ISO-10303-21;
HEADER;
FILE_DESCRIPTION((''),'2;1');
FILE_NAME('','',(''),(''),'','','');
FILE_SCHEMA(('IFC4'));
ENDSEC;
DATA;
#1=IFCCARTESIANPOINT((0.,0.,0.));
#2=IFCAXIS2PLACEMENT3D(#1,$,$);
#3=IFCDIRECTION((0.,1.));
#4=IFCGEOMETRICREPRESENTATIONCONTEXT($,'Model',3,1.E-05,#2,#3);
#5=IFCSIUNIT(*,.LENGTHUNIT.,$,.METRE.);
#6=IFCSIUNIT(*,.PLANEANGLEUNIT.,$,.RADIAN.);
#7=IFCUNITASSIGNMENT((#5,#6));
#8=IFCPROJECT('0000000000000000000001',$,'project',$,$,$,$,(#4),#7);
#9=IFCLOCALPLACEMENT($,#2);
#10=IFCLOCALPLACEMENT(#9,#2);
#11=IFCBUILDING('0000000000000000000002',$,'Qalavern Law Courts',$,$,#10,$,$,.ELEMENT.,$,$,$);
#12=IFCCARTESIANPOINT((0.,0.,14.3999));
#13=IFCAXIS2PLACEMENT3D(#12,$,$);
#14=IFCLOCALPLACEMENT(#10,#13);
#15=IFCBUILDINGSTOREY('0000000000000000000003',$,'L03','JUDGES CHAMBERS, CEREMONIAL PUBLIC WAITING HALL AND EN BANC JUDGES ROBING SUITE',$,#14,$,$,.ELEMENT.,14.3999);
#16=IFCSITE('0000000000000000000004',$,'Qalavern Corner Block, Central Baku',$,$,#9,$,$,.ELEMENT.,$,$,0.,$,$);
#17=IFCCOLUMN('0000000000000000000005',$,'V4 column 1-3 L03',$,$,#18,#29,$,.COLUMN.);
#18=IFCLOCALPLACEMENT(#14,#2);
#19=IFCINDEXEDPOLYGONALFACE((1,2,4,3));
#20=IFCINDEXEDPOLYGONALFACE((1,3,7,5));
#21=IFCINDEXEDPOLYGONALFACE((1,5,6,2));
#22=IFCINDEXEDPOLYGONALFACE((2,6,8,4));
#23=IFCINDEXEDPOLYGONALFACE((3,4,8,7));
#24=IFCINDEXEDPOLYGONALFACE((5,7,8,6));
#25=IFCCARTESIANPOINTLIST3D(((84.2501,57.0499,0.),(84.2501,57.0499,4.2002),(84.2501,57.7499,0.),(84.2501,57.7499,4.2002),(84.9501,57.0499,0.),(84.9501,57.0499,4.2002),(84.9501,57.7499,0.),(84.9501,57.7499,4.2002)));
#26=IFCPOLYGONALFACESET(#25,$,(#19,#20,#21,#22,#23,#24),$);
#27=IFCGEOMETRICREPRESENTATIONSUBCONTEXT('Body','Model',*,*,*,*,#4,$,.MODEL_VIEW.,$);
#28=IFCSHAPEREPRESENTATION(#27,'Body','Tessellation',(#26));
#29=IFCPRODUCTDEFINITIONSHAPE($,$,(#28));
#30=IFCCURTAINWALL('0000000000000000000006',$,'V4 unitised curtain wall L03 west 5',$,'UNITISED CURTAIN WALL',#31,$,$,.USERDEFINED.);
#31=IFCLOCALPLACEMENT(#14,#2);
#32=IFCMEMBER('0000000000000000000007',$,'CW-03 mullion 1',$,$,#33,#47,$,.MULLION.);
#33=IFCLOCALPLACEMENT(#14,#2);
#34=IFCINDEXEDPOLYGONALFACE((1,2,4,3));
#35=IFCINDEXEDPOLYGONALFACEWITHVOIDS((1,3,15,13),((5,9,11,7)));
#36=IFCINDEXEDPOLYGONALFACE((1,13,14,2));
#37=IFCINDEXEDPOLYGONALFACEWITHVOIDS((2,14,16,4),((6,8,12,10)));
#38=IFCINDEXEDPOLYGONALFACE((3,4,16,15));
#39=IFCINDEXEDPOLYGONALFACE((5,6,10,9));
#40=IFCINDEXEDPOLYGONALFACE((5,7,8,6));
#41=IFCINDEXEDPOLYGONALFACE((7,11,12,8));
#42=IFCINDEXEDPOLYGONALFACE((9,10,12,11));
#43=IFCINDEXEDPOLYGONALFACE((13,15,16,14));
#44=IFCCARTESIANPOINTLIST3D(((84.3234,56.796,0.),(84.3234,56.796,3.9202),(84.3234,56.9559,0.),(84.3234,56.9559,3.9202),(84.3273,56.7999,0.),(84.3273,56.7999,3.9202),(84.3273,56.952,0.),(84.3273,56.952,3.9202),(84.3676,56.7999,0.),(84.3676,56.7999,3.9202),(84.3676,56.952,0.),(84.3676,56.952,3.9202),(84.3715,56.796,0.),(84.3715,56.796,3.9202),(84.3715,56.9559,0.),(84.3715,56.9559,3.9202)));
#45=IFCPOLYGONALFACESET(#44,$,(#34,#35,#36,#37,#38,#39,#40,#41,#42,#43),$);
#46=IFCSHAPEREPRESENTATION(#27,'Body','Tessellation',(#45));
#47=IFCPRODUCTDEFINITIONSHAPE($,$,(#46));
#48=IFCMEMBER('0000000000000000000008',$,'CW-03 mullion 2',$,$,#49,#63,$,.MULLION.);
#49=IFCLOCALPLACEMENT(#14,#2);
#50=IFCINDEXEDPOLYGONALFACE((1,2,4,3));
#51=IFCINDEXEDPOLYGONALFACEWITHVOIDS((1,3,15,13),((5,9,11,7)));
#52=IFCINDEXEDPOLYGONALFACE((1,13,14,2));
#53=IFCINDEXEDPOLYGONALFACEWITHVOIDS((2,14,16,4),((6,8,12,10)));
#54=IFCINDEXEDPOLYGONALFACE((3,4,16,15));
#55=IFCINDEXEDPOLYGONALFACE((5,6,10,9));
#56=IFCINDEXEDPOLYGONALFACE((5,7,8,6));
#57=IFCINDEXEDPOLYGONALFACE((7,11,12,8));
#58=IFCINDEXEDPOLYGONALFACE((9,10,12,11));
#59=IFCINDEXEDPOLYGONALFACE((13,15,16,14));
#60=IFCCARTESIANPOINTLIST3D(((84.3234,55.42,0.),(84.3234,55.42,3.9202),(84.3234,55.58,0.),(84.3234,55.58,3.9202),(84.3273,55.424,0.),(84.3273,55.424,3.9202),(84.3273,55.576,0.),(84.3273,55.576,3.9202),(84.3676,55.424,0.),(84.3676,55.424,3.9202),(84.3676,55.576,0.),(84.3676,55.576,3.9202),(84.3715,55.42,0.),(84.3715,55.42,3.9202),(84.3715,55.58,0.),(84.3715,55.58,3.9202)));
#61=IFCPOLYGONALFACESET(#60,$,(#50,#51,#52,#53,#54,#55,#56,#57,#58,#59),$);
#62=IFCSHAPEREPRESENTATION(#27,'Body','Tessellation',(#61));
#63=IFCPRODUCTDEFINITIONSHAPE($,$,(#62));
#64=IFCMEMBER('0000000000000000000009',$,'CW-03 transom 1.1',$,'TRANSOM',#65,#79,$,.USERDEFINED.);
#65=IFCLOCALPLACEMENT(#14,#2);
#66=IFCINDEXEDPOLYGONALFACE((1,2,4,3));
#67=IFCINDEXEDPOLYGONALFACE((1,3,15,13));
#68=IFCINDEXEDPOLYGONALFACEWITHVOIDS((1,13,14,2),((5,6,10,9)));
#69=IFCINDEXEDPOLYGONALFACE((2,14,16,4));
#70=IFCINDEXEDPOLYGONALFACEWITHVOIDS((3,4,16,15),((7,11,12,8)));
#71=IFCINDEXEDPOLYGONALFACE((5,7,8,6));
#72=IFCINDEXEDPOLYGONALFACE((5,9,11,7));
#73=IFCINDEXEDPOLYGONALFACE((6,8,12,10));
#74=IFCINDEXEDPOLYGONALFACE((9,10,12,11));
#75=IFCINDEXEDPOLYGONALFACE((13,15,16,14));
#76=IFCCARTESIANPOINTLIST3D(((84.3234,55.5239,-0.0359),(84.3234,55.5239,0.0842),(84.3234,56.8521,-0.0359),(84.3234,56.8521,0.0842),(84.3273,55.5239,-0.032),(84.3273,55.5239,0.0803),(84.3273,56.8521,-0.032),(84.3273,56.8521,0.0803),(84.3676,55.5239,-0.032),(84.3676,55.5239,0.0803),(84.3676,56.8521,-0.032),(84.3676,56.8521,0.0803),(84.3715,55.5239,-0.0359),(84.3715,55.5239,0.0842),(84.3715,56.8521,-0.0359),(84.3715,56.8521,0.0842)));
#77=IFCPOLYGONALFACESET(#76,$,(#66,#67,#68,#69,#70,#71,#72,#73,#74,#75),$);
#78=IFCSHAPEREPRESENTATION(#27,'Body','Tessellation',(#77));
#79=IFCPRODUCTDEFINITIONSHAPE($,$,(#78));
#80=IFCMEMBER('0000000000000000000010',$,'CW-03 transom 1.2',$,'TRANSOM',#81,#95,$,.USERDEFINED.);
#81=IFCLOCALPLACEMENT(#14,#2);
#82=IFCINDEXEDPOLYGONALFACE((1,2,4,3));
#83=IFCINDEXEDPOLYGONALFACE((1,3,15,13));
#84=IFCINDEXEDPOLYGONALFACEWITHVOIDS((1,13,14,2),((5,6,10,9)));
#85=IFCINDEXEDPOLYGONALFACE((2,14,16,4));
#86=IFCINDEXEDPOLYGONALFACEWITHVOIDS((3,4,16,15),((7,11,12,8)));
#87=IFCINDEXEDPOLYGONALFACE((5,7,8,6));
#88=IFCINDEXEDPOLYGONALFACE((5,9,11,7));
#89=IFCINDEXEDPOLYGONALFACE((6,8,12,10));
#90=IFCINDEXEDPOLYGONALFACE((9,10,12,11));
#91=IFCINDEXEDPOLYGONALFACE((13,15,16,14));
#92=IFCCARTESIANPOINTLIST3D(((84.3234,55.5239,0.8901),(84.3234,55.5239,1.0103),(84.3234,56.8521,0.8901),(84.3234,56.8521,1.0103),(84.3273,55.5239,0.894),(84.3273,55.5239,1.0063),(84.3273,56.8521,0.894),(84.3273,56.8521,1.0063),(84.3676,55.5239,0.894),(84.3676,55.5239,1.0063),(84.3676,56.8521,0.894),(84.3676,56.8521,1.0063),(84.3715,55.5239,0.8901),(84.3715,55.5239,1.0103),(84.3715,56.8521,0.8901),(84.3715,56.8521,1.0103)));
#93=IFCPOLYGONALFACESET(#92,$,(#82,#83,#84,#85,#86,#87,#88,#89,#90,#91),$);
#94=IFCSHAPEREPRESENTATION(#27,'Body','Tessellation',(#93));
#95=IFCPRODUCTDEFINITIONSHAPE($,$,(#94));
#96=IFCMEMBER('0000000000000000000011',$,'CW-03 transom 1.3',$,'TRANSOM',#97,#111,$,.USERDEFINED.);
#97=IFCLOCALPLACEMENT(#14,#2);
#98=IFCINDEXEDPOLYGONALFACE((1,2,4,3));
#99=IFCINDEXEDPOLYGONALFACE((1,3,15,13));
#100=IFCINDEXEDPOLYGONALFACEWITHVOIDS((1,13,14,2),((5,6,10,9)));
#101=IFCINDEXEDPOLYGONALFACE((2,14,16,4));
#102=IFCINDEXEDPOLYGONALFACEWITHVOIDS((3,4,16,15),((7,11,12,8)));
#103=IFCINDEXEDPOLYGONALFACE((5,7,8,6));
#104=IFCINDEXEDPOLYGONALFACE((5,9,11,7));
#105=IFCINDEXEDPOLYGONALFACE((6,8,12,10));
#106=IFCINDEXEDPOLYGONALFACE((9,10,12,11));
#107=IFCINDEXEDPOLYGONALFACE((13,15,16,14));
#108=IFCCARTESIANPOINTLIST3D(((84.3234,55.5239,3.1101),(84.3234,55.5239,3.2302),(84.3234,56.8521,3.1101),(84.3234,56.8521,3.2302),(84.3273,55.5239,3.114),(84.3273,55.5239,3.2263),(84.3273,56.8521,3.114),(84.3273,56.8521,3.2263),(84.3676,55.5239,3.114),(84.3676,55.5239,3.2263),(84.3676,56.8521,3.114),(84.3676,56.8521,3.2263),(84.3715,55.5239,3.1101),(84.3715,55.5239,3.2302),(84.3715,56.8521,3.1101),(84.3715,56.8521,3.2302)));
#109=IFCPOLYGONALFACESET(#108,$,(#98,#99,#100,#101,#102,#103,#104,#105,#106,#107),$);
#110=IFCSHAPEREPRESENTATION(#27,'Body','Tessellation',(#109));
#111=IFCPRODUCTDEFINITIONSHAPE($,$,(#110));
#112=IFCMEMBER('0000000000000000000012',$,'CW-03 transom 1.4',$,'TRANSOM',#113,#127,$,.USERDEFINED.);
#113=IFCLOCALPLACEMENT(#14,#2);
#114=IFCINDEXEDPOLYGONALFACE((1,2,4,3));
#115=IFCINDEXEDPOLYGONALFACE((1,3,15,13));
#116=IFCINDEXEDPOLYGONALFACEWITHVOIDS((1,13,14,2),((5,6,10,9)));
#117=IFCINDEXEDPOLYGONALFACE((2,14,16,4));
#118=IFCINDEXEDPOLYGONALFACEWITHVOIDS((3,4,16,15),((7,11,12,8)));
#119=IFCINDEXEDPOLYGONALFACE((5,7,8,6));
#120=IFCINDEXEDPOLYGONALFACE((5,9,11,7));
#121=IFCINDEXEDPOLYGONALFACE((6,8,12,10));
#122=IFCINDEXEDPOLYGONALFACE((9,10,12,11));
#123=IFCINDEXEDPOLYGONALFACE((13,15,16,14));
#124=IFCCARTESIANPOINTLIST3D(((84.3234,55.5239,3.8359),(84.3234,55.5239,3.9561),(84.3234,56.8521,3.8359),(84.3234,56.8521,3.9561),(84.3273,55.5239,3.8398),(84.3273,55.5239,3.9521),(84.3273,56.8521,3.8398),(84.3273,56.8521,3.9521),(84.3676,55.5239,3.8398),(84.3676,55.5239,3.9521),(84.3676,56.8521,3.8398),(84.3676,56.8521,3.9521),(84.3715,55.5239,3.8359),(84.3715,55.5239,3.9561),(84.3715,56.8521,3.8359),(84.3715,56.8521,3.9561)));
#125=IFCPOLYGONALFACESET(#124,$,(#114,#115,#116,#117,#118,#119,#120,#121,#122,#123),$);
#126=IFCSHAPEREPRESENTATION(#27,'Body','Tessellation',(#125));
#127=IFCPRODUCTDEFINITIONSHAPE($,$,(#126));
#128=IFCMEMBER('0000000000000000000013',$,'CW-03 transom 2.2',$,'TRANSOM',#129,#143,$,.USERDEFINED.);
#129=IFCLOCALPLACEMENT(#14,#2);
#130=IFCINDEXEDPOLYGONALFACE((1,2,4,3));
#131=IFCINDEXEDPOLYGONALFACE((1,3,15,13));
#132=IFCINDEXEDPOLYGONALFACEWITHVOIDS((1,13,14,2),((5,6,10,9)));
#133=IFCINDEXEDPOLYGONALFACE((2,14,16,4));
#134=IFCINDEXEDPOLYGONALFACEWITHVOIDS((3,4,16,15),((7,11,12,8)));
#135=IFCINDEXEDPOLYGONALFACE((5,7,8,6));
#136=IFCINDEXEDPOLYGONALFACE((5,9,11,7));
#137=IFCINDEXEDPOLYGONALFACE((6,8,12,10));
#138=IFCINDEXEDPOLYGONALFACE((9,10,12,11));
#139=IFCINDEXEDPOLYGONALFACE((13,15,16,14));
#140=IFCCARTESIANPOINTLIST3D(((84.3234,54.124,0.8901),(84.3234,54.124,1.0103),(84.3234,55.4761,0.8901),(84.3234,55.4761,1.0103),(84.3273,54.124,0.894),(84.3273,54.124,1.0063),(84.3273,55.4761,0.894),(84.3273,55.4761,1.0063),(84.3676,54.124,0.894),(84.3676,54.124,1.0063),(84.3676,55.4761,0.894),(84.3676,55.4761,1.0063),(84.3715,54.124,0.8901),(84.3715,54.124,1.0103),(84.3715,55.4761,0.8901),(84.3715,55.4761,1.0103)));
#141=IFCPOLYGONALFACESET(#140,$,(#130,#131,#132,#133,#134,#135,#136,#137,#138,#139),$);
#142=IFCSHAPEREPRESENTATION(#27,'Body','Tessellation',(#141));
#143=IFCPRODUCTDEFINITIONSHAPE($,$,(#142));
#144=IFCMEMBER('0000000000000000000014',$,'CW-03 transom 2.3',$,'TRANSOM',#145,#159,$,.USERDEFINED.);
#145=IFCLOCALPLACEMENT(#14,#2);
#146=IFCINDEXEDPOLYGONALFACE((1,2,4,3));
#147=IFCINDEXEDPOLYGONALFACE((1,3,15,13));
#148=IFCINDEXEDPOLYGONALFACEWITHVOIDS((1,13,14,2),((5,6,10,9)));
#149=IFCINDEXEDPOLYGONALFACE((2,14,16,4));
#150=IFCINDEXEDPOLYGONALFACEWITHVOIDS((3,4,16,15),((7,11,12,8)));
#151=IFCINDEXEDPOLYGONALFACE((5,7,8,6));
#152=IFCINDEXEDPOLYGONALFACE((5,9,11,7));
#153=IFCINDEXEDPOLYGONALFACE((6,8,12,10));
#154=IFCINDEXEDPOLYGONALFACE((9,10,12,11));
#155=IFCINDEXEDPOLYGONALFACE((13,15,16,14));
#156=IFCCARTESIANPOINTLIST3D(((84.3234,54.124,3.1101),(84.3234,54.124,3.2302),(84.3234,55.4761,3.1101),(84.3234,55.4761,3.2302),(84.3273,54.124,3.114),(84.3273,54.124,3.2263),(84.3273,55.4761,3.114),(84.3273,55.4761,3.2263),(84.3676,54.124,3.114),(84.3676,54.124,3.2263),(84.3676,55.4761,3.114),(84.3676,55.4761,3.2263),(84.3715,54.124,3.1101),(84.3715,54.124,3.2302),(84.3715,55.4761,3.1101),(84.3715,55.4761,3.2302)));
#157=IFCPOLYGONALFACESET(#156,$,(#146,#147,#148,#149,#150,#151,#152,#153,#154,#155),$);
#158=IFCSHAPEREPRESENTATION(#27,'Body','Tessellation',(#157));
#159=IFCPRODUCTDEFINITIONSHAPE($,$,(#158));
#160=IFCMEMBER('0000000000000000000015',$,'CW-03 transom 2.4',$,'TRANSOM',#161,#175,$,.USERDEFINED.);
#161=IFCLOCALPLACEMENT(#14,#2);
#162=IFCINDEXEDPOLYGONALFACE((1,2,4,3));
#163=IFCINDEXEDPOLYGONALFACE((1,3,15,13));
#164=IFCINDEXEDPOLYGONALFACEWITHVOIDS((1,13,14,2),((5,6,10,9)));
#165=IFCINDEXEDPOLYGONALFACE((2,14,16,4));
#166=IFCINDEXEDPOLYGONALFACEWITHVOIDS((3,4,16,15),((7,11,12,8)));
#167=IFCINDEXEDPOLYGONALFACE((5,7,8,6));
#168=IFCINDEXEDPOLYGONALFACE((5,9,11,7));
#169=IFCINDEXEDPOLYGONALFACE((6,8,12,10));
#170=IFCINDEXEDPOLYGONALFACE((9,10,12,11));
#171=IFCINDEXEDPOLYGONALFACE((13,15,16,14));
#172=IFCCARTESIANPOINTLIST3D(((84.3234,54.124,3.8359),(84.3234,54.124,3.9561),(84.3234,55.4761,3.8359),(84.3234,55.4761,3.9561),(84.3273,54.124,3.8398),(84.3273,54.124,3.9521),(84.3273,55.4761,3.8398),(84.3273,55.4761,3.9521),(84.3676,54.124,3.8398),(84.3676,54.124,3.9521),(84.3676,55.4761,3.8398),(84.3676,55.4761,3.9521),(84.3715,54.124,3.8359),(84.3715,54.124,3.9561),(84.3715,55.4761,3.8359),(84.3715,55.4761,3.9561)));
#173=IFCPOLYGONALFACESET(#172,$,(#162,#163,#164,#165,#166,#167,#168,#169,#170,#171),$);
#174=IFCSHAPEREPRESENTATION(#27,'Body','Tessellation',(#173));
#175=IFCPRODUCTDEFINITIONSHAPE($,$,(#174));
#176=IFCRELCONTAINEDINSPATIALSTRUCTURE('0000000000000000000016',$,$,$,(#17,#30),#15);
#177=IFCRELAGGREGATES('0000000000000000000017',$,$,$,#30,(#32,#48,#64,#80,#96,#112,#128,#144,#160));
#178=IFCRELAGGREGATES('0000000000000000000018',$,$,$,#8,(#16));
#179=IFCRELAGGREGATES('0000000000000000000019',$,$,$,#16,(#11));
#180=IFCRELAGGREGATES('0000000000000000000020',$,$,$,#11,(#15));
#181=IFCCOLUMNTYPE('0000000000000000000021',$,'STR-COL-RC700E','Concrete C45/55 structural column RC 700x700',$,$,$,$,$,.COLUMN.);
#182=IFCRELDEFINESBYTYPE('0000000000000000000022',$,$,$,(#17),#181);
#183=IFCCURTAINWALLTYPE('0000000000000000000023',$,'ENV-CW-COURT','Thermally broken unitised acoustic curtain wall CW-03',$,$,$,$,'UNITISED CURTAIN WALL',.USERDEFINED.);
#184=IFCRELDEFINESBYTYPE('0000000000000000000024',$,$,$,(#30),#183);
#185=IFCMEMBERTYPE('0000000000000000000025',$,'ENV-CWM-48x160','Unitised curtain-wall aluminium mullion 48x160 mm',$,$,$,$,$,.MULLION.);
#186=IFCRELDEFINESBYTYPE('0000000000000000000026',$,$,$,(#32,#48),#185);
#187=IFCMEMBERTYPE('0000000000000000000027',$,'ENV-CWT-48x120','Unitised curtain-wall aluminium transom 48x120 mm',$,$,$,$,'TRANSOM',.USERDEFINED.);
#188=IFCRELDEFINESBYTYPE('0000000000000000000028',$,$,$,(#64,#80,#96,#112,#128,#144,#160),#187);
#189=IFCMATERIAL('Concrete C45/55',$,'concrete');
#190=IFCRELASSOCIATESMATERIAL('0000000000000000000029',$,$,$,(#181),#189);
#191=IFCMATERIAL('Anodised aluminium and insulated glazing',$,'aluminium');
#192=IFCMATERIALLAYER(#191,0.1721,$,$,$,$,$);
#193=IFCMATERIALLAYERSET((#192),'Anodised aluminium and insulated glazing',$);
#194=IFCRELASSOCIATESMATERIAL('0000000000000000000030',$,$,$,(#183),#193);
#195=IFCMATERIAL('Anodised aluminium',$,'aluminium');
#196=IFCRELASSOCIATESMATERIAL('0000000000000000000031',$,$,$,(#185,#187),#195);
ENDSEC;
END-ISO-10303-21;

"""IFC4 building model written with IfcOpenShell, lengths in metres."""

from ifc_helpers import new_model, si_unit, direction, frame, origin, origin_2d, place, context, subcontext, project, spatial, rectangle, hollow_rectangle, extrude, material, layer, layer_set, material_profile, profile_set, type_object, element, aggregate, save


model = new_model("IFC4")

# Units and contexts
model_context = context("Model", 3, precision=1e-05, world=origin(), true_north=direction((0.0, 1.0)))
body_context = subcontext(model_context, "Body", "Model", "MODEL_VIEW")
ifc_project = project(units=[si_unit("LENGTHUNIT", "METRE"), si_unit("PLANEANGLEUNIT", "RADIAN")], contexts=[model_context])

# Site, building, storey
site_placement = place(None, origin())
site = spatial("IfcSite", under=ifc_project, at=site_placement, Name="Qalavern Corner Block, Central Baku", CompositionType="ELEMENT", RefElevation=0.0)
building_placement = place(site_placement, origin())
building = spatial("IfcBuilding", under=site, at=building_placement, Name="Qalavern Law Courts", CompositionType="ELEMENT")
storey_placement = place(building_placement, frame((0.0, 0.0, 14.3999)))
storey = spatial("IfcBuildingStorey", under=building, at=storey_placement, Name="L03", Description="JUDGES CHAMBERS, CEREMONIAL PUBLIC WAITING HALL AND EN BANC JUDGES ROBING SUITE", CompositionType="ELEMENT", Elevation=14.3999)

# Column
ifc_material_1 = material(Name="Concrete C45/55", Category="concrete")
ifc_material_profile_1 = material_profile(ifc_material_1, rectangle(XDim=0.7, YDim=0.7, at=origin_2d()), Name="RC 700x700")
ifc_profile_set_1 = profile_set([ifc_material_profile_1], Name="Concrete C45/55")
column_type = type_object("IfcColumnType", Name="STR-COL-RC700E", Description="Concrete C45/55 structural column RC 700x700", PredefinedType="COLUMN", material=ifc_profile_set_1)
column_placement = place(storey_placement, frame((84.6001, 57.3999, 0.0), z_axis=(0.0, 0.0, 1.0), x_axis=(1.0, 0.0, 0.0)))
element("IfcColumn", 1, at=column_placement, inside=storey, type_object=column_type, Name="V4 column 1-3 L03", PredefinedType="COLUMN", context=body_context, shape_type="SweptSolid", body=[
    extrude(rectangle(XDim=0.7, YDim=0.7, at=origin_2d()), origin(), (0.0, 0.0, 1.0), 4.2002),
])

# Curtain wall, members
ifc_material_2 = material(Name="Anodised aluminium and insulated glazing", Category="aluminium")
ifc_layer_1 = layer(ifc_material_2, 0.1721)
ifc_layer_set_1 = layer_set([ifc_layer_1], Name="Anodised aluminium and insulated glazing")
curtain_wall_type = type_object("IfcCurtainWallType", Name="ENV-CW-COURT", Description="Thermally broken unitised acoustic curtain wall CW-03", ElementType="UNITISED CURTAIN WALL", PredefinedType="USERDEFINED", material=ifc_layer_set_1)
curtain_wall_placement = place(storey_placement, origin())
curtain_wall = element("IfcCurtainWall", 2, at=curtain_wall_placement, inside=storey, type_object=curtain_wall_type, Name="V4 unitised curtain wall L03 west 5", ObjectType="UNITISED CURTAIN WALL", PredefinedType="USERDEFINED")
ifc_material_3 = material(Name="Anodised aluminium", Category="aluminium")
ifc_material_profile_2 = material_profile(ifc_material_3, hollow_rectangle(XDim=0.0481, YDim=0.1599, WallThickness=0.0039, at=origin_2d()), Name="ALU MULLION 48x160")
ifc_profile_set_2 = profile_set([ifc_material_profile_2], Name="Anodised aluminium")
member_type_1 = type_object("IfcMemberType", Name="ENV-CWM-48x160", Description="Unitised curtain-wall aluminium mullion 48x160 mm", PredefinedType="MULLION", material=ifc_profile_set_2)
member_1_placement = place(storey_placement, frame((84.3474, 56.876, 0.0), z_axis=(0.0, 0.0, 1.0), x_axis=(1.0, 0.0, 0.0)))
member_1 = element("IfcMember", 3, at=member_1_placement, type_object=member_type_1, Name="CW-03 mullion 1", PredefinedType="MULLION", context=body_context, shape_type="SweptSolid", body=[
    extrude(hollow_rectangle(XDim=0.0481, YDim=0.1599, WallThickness=0.0039, at=origin_2d()), origin(), (0.0, 0.0, 1.0), 3.9202),
])
member_2_placement = place(storey_placement, frame((84.3474, 55.5, 0.0), z_axis=(0.0, 0.0, 1.0), x_axis=(1.0, 0.0, 0.0)))
member_2 = element("IfcMember", 4, at=member_2_placement, type_object=member_type_1, Name="CW-03 mullion 2", PredefinedType="MULLION", context=body_context, shape_type="SweptSolid", body=[
    extrude(hollow_rectangle(XDim=0.0481, YDim=0.1599, WallThickness=0.0039, at=origin_2d()), origin(), (0.0, 0.0, 1.0), 3.9202),
])
ifc_material_profile_3 = material_profile(ifc_material_3, hollow_rectangle(XDim=0.0481, YDim=0.1201, WallThickness=0.0039, at=origin_2d()), Name="ALU TRANSOM 48x120")
ifc_profile_set_3 = profile_set([ifc_material_profile_3], Name="Anodised aluminium")
member_type_2 = type_object("IfcMemberType", Name="ENV-CWT-48x120", Description="Unitised curtain-wall aluminium transom 48x120 mm", ElementType="TRANSOM", PredefinedType="USERDEFINED", material=ifc_profile_set_3)
member_3_placement = place(storey_placement, frame((84.3474, 56.8521, 0.0242), z_axis=(0.0, -1.0, 0.0), x_axis=(1.0, 0.0, 0.0)))
member_3 = element("IfcMember", 5, at=member_3_placement, type_object=member_type_2, Name="CW-03 transom 1.1", ObjectType="TRANSOM", PredefinedType="USERDEFINED", context=body_context, shape_type="SweptSolid", body=[
    extrude(hollow_rectangle(XDim=0.0481, YDim=0.1201, WallThickness=0.0039, at=origin_2d()), origin(), (0.0, 0.0, 1.0), 1.3281),
])
member_4_placement = place(storey_placement, frame((84.3474, 56.8521, 0.9502), z_axis=(0.0, -1.0, 0.0), x_axis=(1.0, 0.0, 0.0)))
member_4 = element("IfcMember", 6, at=member_4_placement, type_object=member_type_2, Name="CW-03 transom 1.2", ObjectType="TRANSOM", PredefinedType="USERDEFINED", context=body_context, shape_type="SweptSolid", body=[
    extrude(hollow_rectangle(XDim=0.0481, YDim=0.1201, WallThickness=0.0039, at=origin_2d()), origin(), (0.0, 0.0, 1.0), 1.3281),
])
member_5_placement = place(storey_placement, frame((84.3474, 56.8521, 3.1702), z_axis=(0.0, -1.0, 0.0), x_axis=(1.0, 0.0, 0.0)))
member_5 = element("IfcMember", 7, at=member_5_placement, type_object=member_type_2, Name="CW-03 transom 1.3", ObjectType="TRANSOM", PredefinedType="USERDEFINED", context=body_context, shape_type="SweptSolid", body=[
    extrude(hollow_rectangle(XDim=0.0481, YDim=0.1201, WallThickness=0.0039, at=origin_2d()), origin(), (0.0, 0.0, 1.0), 1.3281),
])
member_6_placement = place(storey_placement, frame((84.3474, 56.8521, 3.896), z_axis=(0.0, -1.0, 0.0), x_axis=(1.0, 0.0, 0.0)))
member_6 = element("IfcMember", 8, at=member_6_placement, type_object=member_type_2, Name="CW-03 transom 1.4", ObjectType="TRANSOM", PredefinedType="USERDEFINED", context=body_context, shape_type="SweptSolid", body=[
    extrude(hollow_rectangle(XDim=0.0481, YDim=0.1201, WallThickness=0.0039, at=origin_2d()), origin(), (0.0, 0.0, 1.0), 1.3281),
])
member_7_placement = place(storey_placement, frame((84.3474, 55.4761, 0.9502), z_axis=(0.0, -1.0, 0.0), x_axis=(1.0, 0.0, 0.0)))
member_7 = element("IfcMember", 9, at=member_7_placement, type_object=member_type_2, Name="CW-03 transom 2.2", ObjectType="TRANSOM", PredefinedType="USERDEFINED", context=body_context, shape_type="SweptSolid", body=[
    extrude(hollow_rectangle(XDim=0.0481, YDim=0.1201, WallThickness=0.0039, at=origin_2d()), origin(), (0.0, 0.0, 1.0), 1.3521),
])
member_8_placement = place(storey_placement, frame((84.3474, 55.4761, 3.1702), z_axis=(0.0, -1.0, 0.0), x_axis=(1.0, 0.0, 0.0)))
member_8 = element("IfcMember", 10, at=member_8_placement, type_object=member_type_2, Name="CW-03 transom 2.3", ObjectType="TRANSOM", PredefinedType="USERDEFINED", context=body_context, shape_type="SweptSolid", body=[
    extrude(hollow_rectangle(XDim=0.0481, YDim=0.1201, WallThickness=0.0039, at=origin_2d()), origin(), (0.0, 0.0, 1.0), 1.3521),
])
member_9_placement = place(storey_placement, frame((84.3474, 55.4761, 3.896), z_axis=(0.0, -1.0, 0.0), x_axis=(1.0, 0.0, 0.0)))
member_9 = element("IfcMember", 11, at=member_9_placement, type_object=member_type_2, Name="CW-03 transom 2.4", ObjectType="TRANSOM", PredefinedType="USERDEFINED", context=body_context, shape_type="SweptSolid", body=[
    extrude(hollow_rectangle(XDim=0.0481, YDim=0.1201, WallThickness=0.0039, at=origin_2d()), origin(), (0.0, 0.0, 1.0), 1.3521),
])

aggregate(curtain_wall, [member_1, member_2, member_3, member_4, member_5, member_6, member_7, member_8, member_9])

save(model, "model.ifc")
